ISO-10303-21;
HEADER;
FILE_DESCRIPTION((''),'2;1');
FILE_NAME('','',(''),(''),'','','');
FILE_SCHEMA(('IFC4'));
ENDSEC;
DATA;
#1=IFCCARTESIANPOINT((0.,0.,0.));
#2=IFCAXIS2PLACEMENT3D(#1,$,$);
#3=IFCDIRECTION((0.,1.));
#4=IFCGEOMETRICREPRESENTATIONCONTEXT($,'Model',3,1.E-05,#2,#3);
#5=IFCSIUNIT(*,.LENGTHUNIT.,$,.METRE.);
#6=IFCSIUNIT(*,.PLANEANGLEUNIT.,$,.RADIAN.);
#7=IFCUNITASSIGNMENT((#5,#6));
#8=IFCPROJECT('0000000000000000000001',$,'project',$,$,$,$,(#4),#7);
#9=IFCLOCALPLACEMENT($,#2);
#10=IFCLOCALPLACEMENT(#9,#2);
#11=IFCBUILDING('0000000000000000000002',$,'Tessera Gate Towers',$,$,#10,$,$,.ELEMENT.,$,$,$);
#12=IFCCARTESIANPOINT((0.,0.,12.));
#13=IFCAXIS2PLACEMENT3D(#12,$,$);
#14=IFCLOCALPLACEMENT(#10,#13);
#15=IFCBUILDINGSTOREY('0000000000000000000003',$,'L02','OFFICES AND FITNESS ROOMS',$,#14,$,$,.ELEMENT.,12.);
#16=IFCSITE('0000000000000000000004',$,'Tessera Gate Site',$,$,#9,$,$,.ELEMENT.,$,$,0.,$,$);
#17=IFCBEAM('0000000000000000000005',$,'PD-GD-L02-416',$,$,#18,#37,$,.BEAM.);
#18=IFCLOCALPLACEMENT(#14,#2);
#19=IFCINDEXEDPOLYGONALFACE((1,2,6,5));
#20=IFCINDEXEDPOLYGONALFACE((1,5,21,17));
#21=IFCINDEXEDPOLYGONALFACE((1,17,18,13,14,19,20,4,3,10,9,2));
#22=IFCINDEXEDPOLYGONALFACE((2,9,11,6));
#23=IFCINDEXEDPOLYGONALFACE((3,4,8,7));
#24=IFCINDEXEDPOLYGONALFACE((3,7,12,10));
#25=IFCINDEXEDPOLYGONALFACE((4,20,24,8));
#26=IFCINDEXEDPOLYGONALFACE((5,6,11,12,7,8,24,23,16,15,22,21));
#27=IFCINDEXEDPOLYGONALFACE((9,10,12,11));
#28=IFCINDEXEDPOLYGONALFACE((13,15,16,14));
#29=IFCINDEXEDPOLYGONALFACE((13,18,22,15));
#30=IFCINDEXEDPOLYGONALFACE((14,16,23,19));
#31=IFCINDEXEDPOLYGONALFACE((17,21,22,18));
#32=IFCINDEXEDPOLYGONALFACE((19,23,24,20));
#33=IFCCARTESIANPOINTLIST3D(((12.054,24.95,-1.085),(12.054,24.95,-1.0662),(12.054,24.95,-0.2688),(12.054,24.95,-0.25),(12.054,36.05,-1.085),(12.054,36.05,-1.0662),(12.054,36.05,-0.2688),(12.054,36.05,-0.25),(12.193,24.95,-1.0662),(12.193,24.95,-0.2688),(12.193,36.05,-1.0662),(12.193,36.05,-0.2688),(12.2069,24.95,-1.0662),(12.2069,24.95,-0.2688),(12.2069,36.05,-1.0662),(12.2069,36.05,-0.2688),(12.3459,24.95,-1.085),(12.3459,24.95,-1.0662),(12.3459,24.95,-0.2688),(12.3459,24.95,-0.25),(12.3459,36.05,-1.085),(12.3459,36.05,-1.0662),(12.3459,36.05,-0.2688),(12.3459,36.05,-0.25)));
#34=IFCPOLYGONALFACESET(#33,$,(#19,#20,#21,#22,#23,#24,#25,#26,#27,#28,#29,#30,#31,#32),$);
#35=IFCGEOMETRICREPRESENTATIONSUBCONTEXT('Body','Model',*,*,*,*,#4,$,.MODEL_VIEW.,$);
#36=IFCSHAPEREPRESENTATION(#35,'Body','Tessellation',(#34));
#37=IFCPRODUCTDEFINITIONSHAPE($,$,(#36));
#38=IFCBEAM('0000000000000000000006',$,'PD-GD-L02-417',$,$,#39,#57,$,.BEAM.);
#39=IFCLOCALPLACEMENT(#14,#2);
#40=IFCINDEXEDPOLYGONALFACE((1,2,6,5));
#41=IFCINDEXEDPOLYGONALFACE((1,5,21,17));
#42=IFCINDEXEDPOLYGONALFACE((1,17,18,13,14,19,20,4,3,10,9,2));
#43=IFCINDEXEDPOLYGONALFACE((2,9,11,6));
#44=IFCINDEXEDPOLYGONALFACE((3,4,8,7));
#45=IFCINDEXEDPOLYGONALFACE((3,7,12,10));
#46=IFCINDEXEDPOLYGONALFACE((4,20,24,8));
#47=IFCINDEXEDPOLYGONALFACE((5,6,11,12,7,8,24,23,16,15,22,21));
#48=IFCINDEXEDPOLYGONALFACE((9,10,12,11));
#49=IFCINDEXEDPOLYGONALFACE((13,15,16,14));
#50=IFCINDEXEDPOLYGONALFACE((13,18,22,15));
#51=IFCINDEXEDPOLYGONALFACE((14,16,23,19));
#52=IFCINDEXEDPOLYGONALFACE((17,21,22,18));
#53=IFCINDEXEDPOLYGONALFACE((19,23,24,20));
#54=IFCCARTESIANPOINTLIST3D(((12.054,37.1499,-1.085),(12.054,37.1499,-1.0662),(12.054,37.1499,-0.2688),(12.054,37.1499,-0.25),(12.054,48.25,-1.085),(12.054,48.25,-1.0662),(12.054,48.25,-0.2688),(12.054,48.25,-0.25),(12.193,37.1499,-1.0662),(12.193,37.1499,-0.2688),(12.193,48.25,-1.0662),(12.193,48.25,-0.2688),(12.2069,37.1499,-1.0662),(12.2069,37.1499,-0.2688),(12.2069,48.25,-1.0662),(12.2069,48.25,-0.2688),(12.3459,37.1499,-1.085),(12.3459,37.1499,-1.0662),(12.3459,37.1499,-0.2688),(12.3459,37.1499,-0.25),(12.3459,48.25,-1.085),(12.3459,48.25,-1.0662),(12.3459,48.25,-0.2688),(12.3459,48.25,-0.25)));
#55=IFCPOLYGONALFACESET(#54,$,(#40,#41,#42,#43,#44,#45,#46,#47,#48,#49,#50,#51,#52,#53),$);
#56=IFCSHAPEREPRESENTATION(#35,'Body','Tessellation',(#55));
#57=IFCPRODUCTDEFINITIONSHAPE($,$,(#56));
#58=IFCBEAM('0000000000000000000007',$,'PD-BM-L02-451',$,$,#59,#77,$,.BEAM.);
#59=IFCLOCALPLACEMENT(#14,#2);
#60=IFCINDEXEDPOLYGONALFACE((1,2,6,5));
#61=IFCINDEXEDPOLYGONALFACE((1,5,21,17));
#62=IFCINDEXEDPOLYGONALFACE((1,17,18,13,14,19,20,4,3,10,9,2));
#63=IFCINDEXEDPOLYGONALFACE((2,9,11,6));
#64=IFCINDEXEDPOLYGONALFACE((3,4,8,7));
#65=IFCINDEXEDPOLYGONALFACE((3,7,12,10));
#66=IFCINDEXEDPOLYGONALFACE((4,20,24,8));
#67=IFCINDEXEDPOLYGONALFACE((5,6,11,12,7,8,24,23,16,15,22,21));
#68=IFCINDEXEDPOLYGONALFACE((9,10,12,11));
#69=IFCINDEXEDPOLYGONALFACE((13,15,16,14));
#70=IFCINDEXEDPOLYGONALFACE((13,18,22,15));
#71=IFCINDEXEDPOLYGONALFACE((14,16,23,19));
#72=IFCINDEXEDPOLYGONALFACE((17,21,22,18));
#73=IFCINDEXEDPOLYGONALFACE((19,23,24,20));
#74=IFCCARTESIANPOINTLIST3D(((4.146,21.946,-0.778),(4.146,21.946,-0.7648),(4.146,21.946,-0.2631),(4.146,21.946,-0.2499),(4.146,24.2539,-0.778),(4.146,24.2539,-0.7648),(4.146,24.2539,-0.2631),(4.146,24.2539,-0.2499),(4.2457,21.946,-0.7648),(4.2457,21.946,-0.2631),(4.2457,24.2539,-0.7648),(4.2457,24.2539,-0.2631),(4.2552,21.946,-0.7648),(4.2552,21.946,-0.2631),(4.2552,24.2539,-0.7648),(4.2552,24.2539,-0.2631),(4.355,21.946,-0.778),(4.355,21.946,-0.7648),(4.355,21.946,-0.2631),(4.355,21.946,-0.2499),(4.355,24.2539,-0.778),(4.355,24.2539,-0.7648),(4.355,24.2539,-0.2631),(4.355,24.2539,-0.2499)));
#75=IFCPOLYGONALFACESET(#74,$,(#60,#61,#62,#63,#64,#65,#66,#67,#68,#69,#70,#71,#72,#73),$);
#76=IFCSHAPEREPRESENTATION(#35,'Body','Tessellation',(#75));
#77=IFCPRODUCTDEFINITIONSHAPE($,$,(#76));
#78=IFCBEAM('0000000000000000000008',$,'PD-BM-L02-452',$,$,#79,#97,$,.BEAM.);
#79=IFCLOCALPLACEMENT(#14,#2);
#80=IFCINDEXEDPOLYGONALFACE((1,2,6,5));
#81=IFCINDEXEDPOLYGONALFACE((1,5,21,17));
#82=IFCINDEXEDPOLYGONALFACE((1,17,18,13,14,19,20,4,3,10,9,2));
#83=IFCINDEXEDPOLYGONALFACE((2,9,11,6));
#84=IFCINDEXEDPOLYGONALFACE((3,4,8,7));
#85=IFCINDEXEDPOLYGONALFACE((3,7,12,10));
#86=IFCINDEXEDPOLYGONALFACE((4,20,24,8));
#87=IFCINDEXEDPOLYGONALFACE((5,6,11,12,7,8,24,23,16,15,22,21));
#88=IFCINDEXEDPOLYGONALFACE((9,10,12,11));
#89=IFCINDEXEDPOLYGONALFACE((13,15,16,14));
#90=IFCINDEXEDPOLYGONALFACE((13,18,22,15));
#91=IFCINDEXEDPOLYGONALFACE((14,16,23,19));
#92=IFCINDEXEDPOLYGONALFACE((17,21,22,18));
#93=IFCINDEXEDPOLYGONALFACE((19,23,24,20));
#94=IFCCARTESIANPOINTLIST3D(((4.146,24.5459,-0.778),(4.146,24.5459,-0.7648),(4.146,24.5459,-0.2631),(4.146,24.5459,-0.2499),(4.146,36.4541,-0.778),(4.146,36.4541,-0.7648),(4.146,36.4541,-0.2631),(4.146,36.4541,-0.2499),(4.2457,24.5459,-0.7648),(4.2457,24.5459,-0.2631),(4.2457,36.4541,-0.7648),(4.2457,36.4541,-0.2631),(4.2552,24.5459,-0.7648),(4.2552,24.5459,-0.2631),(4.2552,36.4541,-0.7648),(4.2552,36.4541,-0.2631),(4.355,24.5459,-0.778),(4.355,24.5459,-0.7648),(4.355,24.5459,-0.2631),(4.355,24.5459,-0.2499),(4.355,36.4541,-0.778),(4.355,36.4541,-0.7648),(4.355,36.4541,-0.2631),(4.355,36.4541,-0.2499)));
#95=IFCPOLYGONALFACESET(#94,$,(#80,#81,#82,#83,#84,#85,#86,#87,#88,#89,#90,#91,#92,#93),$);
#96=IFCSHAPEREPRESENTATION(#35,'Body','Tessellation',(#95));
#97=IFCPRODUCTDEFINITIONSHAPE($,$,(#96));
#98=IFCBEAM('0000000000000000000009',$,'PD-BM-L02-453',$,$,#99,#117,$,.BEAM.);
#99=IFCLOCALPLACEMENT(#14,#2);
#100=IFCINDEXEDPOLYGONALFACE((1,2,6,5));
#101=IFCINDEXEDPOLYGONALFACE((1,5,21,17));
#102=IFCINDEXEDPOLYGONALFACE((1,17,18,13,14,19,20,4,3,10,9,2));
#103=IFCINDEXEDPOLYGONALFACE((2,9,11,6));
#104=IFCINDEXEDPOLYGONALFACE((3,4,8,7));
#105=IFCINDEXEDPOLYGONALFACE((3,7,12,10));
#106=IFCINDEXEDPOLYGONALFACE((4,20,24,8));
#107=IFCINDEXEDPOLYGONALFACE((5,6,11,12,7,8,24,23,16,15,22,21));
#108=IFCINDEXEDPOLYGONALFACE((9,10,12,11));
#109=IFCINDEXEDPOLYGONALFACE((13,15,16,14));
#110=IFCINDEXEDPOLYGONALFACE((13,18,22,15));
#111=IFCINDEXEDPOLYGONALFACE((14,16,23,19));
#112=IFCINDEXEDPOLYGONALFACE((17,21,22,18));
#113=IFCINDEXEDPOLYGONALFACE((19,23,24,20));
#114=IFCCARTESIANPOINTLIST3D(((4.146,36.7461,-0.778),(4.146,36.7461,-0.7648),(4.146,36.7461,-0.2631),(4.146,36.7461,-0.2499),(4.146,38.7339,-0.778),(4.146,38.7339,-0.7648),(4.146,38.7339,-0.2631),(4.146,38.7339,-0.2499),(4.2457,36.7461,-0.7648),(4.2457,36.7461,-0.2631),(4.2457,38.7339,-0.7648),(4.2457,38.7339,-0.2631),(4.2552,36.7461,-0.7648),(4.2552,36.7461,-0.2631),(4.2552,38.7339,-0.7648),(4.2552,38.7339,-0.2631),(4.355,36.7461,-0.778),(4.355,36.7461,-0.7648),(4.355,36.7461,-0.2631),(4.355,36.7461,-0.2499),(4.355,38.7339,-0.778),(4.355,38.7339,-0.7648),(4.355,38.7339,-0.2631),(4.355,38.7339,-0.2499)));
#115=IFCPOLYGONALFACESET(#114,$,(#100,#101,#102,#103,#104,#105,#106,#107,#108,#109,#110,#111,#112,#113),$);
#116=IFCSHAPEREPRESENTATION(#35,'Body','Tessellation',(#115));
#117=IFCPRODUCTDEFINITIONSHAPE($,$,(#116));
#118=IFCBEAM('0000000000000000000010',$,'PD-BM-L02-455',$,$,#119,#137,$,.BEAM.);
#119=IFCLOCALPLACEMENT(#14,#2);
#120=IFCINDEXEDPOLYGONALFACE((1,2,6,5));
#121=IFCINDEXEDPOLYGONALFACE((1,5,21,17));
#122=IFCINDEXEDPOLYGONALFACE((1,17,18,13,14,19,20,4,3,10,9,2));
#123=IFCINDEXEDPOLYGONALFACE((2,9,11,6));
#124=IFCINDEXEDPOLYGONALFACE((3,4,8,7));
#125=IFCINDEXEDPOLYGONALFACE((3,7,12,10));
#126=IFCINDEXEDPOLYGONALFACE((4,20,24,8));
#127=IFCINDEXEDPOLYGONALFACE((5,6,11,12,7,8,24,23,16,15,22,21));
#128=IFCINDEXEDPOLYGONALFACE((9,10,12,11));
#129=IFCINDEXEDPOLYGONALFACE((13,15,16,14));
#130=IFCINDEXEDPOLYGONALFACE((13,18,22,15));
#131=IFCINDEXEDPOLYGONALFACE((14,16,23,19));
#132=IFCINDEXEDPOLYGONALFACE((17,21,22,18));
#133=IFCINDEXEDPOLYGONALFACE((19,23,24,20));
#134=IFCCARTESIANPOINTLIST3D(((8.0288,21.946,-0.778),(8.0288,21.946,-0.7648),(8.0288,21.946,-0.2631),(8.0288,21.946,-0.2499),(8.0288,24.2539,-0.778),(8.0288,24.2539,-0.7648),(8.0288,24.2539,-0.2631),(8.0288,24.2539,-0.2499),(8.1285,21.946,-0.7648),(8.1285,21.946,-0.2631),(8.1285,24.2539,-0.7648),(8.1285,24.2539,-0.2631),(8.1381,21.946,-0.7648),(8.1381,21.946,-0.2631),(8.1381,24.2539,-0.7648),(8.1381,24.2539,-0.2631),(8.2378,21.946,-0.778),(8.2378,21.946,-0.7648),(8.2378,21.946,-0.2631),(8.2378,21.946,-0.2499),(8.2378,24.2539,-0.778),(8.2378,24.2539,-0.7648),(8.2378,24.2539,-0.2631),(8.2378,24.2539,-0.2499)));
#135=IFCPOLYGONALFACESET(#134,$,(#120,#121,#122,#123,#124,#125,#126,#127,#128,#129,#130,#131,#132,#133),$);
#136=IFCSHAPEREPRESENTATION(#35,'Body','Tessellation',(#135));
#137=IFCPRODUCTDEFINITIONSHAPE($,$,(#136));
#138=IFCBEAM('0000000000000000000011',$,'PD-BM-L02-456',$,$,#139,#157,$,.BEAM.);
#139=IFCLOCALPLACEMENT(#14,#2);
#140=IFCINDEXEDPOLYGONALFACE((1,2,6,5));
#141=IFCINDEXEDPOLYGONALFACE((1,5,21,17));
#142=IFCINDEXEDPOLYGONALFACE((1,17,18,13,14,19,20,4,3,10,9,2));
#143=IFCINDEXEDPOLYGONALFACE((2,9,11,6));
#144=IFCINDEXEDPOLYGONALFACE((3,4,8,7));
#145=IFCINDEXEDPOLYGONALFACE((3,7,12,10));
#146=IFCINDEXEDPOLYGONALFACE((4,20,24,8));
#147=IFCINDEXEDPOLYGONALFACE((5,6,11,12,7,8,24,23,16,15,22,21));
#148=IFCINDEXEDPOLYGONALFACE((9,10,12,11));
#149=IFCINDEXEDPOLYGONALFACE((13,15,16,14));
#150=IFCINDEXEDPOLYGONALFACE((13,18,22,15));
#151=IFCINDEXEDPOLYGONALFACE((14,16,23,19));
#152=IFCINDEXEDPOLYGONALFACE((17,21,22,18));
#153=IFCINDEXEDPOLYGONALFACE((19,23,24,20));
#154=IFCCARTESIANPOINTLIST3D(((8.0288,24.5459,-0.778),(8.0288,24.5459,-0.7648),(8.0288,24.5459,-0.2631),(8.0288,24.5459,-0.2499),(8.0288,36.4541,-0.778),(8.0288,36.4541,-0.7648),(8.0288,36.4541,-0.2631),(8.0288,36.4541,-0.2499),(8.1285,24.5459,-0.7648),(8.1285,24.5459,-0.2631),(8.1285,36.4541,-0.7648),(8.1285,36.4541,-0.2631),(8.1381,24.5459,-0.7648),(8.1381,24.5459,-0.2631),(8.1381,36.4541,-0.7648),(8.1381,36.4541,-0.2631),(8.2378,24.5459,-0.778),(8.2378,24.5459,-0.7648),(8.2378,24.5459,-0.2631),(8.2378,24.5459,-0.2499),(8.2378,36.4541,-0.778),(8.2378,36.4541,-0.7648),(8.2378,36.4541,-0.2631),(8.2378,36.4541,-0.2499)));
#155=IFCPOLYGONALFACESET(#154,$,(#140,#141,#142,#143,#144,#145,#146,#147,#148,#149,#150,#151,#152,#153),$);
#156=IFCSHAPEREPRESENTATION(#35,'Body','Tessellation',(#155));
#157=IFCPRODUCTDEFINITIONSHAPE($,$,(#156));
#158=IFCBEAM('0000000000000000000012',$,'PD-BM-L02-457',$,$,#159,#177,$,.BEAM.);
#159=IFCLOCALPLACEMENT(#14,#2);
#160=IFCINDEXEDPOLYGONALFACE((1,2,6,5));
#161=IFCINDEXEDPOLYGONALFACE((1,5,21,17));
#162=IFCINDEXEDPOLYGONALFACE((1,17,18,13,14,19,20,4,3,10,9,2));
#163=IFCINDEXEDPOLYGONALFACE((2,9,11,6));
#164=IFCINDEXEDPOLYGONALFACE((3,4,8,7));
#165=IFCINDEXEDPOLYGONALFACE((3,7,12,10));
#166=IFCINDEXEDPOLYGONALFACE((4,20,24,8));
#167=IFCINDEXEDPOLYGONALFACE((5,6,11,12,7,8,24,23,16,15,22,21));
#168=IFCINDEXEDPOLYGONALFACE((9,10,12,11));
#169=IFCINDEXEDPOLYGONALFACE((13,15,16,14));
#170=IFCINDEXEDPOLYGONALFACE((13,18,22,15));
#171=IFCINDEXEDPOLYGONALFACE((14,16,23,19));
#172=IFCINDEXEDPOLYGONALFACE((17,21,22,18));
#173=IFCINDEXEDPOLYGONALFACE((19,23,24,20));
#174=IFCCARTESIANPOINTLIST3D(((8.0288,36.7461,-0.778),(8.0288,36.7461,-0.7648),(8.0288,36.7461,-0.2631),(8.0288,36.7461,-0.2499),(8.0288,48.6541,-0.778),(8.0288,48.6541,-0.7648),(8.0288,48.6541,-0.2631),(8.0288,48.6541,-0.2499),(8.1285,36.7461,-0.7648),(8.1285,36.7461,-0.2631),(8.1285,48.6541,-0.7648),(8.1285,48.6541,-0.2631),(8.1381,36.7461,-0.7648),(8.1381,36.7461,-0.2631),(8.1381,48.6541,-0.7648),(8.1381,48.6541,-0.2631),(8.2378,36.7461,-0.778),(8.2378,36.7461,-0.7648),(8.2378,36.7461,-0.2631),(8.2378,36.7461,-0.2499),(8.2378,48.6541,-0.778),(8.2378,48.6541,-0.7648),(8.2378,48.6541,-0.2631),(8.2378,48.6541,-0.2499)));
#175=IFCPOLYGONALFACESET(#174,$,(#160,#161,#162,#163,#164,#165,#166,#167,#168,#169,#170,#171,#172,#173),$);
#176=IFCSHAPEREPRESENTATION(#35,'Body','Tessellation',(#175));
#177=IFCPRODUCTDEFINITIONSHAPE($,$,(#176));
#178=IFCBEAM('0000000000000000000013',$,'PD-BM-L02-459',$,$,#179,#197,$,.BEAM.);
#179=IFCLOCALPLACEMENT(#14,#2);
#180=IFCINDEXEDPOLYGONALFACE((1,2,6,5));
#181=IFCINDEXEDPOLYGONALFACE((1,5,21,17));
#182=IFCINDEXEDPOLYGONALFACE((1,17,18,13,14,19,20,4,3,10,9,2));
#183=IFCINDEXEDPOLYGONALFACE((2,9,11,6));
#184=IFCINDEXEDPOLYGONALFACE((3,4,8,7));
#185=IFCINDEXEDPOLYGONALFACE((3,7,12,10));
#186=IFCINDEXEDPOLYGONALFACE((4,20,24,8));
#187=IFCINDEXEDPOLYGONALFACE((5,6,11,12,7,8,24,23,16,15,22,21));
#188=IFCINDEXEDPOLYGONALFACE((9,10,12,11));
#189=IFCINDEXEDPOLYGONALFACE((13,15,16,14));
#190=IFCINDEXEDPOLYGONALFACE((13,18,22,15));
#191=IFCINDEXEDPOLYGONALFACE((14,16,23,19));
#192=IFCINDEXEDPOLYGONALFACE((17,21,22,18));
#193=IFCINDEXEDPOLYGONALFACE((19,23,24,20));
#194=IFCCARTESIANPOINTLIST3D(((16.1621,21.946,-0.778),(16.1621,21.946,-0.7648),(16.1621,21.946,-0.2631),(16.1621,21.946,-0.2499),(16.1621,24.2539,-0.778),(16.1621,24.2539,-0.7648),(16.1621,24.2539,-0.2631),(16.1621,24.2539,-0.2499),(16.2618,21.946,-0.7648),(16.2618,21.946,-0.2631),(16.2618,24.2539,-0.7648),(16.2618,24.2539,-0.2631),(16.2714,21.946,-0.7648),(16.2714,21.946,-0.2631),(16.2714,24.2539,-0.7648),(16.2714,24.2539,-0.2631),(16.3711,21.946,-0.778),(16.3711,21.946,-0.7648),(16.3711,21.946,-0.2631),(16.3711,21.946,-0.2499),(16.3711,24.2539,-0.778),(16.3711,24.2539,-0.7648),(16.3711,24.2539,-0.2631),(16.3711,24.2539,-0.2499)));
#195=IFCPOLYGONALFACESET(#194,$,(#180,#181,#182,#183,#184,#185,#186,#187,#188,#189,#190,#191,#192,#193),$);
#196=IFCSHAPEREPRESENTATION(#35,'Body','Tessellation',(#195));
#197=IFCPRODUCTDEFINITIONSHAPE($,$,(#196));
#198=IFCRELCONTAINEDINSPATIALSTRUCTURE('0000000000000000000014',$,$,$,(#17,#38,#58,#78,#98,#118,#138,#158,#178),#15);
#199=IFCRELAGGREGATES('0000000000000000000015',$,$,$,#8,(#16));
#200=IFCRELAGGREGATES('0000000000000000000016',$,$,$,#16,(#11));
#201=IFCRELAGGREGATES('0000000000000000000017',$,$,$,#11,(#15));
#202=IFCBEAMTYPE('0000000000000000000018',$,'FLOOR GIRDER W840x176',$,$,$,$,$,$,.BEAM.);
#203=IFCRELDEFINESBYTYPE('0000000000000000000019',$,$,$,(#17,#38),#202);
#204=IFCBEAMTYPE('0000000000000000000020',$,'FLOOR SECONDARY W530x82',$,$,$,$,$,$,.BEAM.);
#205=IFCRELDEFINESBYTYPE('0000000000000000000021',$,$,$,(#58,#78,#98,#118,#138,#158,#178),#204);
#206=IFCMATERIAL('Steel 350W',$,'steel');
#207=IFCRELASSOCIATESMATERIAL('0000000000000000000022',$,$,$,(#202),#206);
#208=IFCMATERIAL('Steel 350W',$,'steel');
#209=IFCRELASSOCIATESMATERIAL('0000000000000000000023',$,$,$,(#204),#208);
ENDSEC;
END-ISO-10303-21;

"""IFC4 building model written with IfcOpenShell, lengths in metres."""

from ifc_helpers import new_model, si_unit, direction, frame, origin, origin_2d, place, context, subcontext, project, spatial, i_section, extrude, material, material_profile, profile_set, type_object, element, save


model = new_model("IFC4")

# Units and contexts
model_context = context("Model", 3, precision=1e-05, world=origin(), true_north=direction((0.0, 1.0)))
body_context = subcontext(model_context, "Body", "Model", "MODEL_VIEW")
ifc_project = project(units=[si_unit("LENGTHUNIT", "METRE"), si_unit("PLANEANGLEUNIT", "RADIAN")], contexts=[model_context])

# Site, building, storey
site_placement = place(None, origin())
site = spatial("IfcSite", under=ifc_project, at=site_placement, Name="Tessera Gate Site", CompositionType="ELEMENT", RefElevation=0.0)
building_placement = place(site_placement, origin())
building = spatial("IfcBuilding", under=site, at=building_placement, Name="Tessera Gate Towers", CompositionType="ELEMENT")
storey_placement = place(building_placement, frame((0.0, 0.0, 12.0)))
storey = spatial("IfcBuildingStorey", under=building, at=storey_placement, Name="L02", Description="OFFICES AND FITNESS ROOMS", CompositionType="ELEMENT", Elevation=12.0)

# Beams
ifc_material_1 = material(Name="Steel 350W", Category="steel")
ifc_material_profile_1 = material_profile(ifc_material_1, i_section(OverallWidth=0.292, OverallDepth=0.835, WebThickness=0.0139, FlangeThickness=0.0188, at=origin_2d()), Name="W840x176")
ifc_profile_set_1 = profile_set([ifc_material_profile_1], Name="Steel 350W")
beam_type_1 = type_object("IfcBeamType", Name="FLOOR GIRDER W840x176", PredefinedType="BEAM", material=ifc_profile_set_1)
for number, where, z_axis, x_axis, name in (
    (1, (12.2, 24.95, -0.6675), (0.0, 1.0, 0.0), (-1.0, 0.0, 0.0), "PD-GD-L02-416"),
    (2, (12.2, 37.1499, -0.6675), (0.0, 1.0, 0.0), (-1.0, 0.0, 0.0), "PD-GD-L02-417"),
):
    element("IfcBeam", number, at=place(storey_placement, frame(where, z_axis=z_axis, x_axis=x_axis)), inside=storey, type_object=beam_type_1, Name=name, PredefinedType="BEAM", context=body_context, shape_type="SweptSolid", body=[
        extrude(i_section(OverallWidth=0.292, OverallDepth=0.835, WebThickness=0.0139, FlangeThickness=0.0188, at=origin_2d()), origin(), (0.0, 0.0, 1.0), 11.1001),
    ])
ifc_material_2 = material(Name="Steel 350W", Category="steel")
ifc_material_profile_2 = material_profile(ifc_material_2, i_section(OverallWidth=0.209, OverallDepth=0.5281, WebThickness=0.0095, FlangeThickness=0.0132, at=origin_2d()), Name="W530x82")
ifc_profile_set_2 = profile_set([ifc_material_profile_2], Name="Steel 350W")
beam_type_2 = type_object("IfcBeamType", Name="FLOOR SECONDARY W530x82", PredefinedType="BEAM", material=ifc_profile_set_2)
beam_1_placement = place(storey_placement, frame((4.2505, 21.946, -0.5139), z_axis=(0.0, 1.0, 0.0), x_axis=(-1.0, 0.0, 0.0)))
element("IfcBeam", 3, at=beam_1_placement, inside=storey, type_object=beam_type_2, Name="PD-BM-L02-451", PredefinedType="BEAM", context=body_context, shape_type="SweptSolid", body=[
    extrude(i_section(OverallWidth=0.209, OverallDepth=0.5281, WebThickness=0.0095, FlangeThickness=0.0132, at=origin_2d()), origin(), (0.0, 0.0, 1.0), 2.3079),
])
beam_2_placement = place(storey_placement, frame((4.2505, 24.5459, -0.5139), z_axis=(0.0, 1.0, 0.0), x_axis=(-1.0, 0.0, 0.0)))
element("IfcBeam", 4, at=beam_2_placement, inside=storey, type_object=beam_type_2, Name="PD-BM-L02-452", PredefinedType="BEAM", context=body_context, shape_type="SweptSolid", body=[
    extrude(i_section(OverallWidth=0.209, OverallDepth=0.5281, WebThickness=0.0095, FlangeThickness=0.0132, at=origin_2d()), origin(), (0.0, 0.0, 1.0), 11.9082),
])
beam_3_placement = place(storey_placement, frame((4.2505, 36.7461, -0.5139), z_axis=(0.0, 1.0, 0.0), x_axis=(-1.0, 0.0, 0.0)))
element("IfcBeam", 5, at=beam_3_placement, inside=storey, type_object=beam_type_2, Name="PD-BM-L02-453", PredefinedType="BEAM", context=body_context, shape_type="SweptSolid", body=[
    extrude(i_section(OverallWidth=0.209, OverallDepth=0.5281, WebThickness=0.0095, FlangeThickness=0.0132, at=origin_2d()), origin(), (0.0, 0.0, 1.0), 1.9878),
])
beam_4_placement = place(storey_placement, frame((8.1333, 21.946, -0.5139), z_axis=(0.0, 1.0, 0.0), x_axis=(-1.0, 0.0, 0.0)))
element("IfcBeam", 6, at=beam_4_placement, inside=storey, type_object=beam_type_2, Name="PD-BM-L02-455", PredefinedType="BEAM", context=body_context, shape_type="SweptSolid", body=[
    extrude(i_section(OverallWidth=0.209, OverallDepth=0.5281, WebThickness=0.0095, FlangeThickness=0.0132, at=origin_2d()), origin(), (0.0, 0.0, 1.0), 2.3079),
])
beam_5_placement = place(storey_placement, frame((8.1333, 24.5459, -0.5139), z_axis=(0.0, 1.0, 0.0), x_axis=(-1.0, 0.0, 0.0)))
element("IfcBeam", 7, at=beam_5_placement, inside=storey, type_object=beam_type_2, Name="PD-BM-L02-456", PredefinedType="BEAM", context=body_context, shape_type="SweptSolid", body=[
    extrude(i_section(OverallWidth=0.209, OverallDepth=0.5281, WebThickness=0.0095, FlangeThickness=0.0132, at=origin_2d()), origin(), (0.0, 0.0, 1.0), 11.9082),
])
beam_6_placement = place(storey_placement, frame((8.1333, 36.7461, -0.5139), z_axis=(0.0, 1.0, 0.0), x_axis=(-1.0, 0.0, 0.0)))
element("IfcBeam", 8, at=beam_6_placement, inside=storey, type_object=beam_type_2, Name="PD-BM-L02-457", PredefinedType="BEAM", context=body_context, shape_type="SweptSolid", body=[
    extrude(i_section(OverallWidth=0.209, OverallDepth=0.5281, WebThickness=0.0095, FlangeThickness=0.0132, at=origin_2d()), origin(), (0.0, 0.0, 1.0), 11.908),
])
beam_7_placement = place(storey_placement, frame((16.2666, 21.946, -0.5139), z_axis=(0.0, 1.0, 0.0), x_axis=(-1.0, 0.0, 0.0)))
element("IfcBeam", 9, at=beam_7_placement, inside=storey, type_object=beam_type_2, Name="PD-BM-L02-459", PredefinedType="BEAM", context=body_context, shape_type="SweptSolid", body=[
    extrude(i_section(OverallWidth=0.209, OverallDepth=0.5281, WebThickness=0.0095, FlangeThickness=0.0132, at=origin_2d()), origin(), (0.0, 0.0, 1.0), 2.3079),
])

save(model, "model.ifc")
